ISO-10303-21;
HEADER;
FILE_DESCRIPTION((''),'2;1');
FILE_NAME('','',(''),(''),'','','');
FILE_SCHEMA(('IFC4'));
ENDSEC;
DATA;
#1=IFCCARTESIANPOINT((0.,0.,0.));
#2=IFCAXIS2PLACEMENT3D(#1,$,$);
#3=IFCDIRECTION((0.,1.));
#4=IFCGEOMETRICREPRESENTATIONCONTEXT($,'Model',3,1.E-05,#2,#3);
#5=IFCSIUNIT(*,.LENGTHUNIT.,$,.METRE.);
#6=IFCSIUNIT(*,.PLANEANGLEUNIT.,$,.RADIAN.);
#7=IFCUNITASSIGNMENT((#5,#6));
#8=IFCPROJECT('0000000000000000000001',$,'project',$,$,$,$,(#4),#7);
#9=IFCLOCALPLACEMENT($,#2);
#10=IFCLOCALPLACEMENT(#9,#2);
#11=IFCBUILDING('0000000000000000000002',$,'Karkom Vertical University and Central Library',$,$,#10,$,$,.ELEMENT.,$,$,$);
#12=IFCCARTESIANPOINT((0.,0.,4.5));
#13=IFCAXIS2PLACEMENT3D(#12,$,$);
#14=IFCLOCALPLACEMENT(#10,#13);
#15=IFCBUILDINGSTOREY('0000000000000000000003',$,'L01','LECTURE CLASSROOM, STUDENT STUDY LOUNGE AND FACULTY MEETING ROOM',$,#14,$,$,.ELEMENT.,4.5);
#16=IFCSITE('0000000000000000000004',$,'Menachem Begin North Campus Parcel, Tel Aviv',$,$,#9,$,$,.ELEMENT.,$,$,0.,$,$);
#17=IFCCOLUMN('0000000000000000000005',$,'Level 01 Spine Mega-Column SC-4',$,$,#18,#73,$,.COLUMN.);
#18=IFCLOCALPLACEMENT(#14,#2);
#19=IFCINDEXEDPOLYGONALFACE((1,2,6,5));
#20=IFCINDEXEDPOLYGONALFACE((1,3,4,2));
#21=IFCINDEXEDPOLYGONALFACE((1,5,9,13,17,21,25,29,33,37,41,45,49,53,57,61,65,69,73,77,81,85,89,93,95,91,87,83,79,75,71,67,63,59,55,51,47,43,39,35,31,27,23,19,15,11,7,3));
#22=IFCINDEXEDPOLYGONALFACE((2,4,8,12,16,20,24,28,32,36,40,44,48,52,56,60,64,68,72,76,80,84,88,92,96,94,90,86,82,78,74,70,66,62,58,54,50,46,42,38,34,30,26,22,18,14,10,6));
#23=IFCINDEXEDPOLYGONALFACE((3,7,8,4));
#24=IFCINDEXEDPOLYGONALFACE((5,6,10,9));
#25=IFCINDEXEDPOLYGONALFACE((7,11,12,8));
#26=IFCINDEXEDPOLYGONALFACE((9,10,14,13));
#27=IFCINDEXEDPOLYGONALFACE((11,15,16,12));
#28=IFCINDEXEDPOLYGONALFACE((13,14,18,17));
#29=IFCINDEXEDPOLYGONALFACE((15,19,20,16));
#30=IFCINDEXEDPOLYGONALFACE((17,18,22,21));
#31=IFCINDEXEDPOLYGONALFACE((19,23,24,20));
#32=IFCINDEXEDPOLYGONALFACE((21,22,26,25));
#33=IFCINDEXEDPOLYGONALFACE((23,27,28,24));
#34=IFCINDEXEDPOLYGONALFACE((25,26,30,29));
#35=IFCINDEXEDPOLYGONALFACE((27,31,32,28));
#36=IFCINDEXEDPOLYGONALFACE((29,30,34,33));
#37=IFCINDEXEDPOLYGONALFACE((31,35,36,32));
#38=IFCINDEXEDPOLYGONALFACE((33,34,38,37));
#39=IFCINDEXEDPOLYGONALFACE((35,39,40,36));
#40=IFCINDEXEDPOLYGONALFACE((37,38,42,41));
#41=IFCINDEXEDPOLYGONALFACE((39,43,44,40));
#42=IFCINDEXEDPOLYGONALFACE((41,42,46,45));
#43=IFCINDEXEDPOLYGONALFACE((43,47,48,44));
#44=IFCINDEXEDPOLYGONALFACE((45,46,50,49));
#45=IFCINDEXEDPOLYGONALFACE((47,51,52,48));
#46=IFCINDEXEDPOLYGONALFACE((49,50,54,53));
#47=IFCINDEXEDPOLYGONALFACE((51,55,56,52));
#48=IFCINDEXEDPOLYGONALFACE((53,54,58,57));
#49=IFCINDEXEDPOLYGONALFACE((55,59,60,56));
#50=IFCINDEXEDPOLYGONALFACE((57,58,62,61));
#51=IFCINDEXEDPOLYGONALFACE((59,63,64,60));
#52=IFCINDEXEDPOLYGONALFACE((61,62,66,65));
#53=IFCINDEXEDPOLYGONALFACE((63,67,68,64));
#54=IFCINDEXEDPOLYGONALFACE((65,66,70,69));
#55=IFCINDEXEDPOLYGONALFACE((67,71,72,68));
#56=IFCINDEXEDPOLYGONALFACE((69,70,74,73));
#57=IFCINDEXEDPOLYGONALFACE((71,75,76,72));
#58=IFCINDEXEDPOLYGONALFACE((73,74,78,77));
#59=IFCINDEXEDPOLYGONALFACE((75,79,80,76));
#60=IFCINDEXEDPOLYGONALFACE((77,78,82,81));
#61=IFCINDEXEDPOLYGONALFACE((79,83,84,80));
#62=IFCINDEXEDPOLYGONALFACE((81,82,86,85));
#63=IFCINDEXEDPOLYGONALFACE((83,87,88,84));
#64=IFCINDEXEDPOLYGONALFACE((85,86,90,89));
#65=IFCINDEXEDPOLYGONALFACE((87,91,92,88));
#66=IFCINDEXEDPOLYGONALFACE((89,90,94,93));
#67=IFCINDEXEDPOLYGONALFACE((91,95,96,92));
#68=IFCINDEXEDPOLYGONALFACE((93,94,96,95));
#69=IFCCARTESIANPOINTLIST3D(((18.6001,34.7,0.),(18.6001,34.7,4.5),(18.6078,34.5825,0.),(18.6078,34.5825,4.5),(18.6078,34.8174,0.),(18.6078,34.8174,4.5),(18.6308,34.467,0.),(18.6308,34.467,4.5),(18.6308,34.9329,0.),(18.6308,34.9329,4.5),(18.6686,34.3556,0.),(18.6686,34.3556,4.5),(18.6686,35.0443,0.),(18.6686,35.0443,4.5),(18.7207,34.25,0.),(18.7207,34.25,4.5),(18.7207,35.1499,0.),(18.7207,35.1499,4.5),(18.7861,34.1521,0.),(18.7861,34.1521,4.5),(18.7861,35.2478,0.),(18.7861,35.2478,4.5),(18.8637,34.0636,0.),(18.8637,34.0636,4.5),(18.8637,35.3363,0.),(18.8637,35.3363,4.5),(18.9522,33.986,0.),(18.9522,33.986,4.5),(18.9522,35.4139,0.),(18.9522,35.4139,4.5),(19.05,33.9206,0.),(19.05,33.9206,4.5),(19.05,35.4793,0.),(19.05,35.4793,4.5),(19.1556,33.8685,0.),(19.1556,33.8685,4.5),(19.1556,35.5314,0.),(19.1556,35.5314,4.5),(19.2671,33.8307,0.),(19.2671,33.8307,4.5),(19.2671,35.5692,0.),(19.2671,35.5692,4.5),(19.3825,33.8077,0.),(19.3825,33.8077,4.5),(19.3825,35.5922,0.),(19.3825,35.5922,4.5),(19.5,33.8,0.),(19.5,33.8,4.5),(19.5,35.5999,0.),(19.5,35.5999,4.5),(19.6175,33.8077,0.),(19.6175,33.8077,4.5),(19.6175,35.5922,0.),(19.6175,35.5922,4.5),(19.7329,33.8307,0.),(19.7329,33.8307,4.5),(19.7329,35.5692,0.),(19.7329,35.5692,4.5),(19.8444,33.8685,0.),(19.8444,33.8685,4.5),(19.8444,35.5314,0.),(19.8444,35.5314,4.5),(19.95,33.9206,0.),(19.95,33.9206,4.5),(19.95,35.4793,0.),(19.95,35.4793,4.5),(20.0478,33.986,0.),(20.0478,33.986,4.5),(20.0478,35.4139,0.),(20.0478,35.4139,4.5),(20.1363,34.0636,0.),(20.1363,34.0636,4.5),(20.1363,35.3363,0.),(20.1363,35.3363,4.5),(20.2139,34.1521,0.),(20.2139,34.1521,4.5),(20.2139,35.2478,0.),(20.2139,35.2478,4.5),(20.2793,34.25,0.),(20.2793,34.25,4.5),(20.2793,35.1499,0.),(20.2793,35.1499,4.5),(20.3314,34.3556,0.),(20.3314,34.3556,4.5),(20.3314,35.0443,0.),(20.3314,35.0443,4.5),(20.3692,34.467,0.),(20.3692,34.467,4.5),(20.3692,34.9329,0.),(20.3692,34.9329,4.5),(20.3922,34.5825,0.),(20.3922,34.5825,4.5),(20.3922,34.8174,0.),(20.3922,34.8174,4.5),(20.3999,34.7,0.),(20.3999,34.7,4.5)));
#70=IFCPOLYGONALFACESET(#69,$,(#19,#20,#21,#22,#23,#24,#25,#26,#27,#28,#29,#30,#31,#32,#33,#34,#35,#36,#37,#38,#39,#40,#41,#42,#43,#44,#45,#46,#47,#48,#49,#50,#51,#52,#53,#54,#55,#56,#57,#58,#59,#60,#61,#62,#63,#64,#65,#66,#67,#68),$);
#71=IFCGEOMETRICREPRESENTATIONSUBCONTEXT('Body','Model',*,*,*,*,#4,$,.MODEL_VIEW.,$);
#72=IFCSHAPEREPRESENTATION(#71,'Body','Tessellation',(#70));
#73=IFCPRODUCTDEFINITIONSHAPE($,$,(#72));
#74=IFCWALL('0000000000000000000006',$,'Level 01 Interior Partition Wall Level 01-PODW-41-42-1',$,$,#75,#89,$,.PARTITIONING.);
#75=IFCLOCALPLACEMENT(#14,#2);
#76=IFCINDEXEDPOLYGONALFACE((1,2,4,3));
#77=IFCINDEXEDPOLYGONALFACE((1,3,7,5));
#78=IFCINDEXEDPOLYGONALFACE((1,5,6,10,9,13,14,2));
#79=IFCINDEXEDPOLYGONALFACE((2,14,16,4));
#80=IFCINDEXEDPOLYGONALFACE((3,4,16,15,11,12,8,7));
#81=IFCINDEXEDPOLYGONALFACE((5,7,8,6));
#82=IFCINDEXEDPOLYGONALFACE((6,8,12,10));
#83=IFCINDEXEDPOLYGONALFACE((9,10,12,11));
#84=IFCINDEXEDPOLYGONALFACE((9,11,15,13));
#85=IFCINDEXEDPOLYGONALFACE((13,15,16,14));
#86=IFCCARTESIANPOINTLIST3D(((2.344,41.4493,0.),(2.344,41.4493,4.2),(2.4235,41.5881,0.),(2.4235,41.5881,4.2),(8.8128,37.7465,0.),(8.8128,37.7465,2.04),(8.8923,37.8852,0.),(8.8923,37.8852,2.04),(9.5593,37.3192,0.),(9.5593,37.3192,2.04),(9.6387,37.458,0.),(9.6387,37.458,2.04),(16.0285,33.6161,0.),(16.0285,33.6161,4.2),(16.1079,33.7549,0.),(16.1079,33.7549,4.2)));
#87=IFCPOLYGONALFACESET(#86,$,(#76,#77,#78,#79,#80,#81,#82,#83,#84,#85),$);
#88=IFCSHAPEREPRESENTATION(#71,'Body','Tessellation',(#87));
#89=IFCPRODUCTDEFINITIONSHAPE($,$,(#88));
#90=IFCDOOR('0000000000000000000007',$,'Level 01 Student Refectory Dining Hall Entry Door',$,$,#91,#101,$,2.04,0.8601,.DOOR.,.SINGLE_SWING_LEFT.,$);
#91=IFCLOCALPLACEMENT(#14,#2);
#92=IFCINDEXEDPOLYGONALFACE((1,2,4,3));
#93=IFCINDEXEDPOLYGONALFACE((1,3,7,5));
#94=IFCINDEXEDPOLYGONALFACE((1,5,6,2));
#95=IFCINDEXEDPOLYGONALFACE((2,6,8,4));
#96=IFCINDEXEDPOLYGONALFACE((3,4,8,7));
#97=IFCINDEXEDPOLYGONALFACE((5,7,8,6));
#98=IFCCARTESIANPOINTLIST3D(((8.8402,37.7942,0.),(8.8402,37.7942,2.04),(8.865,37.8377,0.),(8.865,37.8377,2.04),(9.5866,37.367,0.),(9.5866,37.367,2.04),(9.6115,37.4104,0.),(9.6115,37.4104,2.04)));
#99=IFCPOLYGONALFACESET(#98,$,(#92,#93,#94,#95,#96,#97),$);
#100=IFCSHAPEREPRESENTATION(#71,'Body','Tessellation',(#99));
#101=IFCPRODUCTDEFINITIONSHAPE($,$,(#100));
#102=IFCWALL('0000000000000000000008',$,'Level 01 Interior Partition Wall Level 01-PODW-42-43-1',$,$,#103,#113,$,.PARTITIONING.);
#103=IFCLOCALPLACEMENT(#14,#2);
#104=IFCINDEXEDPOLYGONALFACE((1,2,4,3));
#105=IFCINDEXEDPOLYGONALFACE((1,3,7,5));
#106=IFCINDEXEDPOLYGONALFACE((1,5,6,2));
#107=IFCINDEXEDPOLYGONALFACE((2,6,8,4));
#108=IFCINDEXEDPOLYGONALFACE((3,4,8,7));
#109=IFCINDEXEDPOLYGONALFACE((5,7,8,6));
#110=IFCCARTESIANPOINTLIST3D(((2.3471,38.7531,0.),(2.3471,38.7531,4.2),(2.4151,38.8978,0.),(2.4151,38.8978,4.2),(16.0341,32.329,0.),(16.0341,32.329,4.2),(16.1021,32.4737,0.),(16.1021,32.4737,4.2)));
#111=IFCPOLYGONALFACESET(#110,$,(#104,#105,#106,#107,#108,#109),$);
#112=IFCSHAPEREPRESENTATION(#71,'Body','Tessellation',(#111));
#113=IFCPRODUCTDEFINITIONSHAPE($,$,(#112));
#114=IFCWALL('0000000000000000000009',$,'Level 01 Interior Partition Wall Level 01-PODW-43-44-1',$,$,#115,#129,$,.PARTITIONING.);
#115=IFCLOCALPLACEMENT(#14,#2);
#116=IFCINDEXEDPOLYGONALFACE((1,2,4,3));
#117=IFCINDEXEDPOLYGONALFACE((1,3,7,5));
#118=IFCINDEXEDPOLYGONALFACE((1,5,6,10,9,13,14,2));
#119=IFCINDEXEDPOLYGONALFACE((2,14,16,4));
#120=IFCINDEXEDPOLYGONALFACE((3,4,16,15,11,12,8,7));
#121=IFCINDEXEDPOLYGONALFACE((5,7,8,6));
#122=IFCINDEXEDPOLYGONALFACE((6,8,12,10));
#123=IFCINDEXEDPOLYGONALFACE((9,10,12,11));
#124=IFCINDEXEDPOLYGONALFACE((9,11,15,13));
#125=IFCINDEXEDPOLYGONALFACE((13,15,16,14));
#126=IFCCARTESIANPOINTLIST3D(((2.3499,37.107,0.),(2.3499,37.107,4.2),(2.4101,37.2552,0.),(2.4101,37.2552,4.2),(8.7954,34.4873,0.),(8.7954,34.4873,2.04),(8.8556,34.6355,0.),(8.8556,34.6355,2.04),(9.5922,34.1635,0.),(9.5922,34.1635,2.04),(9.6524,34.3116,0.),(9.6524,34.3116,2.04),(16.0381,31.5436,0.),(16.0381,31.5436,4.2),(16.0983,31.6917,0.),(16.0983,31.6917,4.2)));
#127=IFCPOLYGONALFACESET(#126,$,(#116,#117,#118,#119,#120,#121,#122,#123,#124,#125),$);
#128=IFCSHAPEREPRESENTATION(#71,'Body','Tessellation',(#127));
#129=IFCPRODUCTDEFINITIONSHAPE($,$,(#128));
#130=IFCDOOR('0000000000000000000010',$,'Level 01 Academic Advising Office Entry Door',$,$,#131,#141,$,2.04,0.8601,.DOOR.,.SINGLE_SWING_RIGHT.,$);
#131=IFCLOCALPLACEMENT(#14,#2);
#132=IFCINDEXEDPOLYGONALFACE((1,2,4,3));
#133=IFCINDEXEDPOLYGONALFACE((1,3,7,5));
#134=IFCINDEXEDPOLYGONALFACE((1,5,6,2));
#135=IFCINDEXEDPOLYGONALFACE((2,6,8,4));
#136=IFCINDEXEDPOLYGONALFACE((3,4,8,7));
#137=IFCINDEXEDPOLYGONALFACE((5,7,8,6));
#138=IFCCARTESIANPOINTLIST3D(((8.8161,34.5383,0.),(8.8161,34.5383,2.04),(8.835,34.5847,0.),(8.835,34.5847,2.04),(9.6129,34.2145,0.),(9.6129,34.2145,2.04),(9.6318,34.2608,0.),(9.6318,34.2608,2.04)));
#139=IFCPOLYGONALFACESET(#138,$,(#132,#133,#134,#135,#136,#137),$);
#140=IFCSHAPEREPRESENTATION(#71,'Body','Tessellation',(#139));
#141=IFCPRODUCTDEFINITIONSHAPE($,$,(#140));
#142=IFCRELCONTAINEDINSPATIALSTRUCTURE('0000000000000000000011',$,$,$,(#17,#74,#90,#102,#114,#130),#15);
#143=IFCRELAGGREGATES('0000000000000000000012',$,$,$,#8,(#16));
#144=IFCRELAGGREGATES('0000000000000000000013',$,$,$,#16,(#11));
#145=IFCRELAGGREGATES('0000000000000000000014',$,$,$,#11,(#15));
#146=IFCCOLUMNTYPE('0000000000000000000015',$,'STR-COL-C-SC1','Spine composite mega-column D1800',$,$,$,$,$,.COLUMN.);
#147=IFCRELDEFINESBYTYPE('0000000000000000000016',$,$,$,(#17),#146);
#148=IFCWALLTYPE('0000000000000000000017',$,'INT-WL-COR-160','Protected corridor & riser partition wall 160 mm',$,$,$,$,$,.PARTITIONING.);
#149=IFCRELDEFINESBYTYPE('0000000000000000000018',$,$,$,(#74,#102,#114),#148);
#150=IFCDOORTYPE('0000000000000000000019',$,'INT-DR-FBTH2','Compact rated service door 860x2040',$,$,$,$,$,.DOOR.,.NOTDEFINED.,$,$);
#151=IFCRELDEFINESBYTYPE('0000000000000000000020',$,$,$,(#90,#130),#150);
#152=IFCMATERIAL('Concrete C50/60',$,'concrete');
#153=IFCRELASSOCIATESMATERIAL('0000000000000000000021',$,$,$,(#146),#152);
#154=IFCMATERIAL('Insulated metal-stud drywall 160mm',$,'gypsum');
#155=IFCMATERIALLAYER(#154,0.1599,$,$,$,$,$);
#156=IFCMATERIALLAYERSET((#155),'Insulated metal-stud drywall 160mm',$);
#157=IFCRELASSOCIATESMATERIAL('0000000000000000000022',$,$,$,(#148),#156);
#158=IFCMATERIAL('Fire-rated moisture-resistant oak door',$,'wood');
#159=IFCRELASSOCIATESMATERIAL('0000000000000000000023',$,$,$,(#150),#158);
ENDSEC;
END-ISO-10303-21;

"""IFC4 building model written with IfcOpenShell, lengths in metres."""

from ifc_helpers import new_model, si_unit, direction, frame, frame_2d, origin, origin_with_axes, origin_2d, place, context, subcontext, project, spatial, rectangle, circle, extrude, source, transform, mapped, material, layer, layer_set, material_profile, profile_set, type_object, element, fill, save


model = new_model("IFC4")

# Units and contexts
model_context = context("Model", 3, precision=1e-05, world=origin(), true_north=direction((0.0, 1.0)))
body_context = subcontext(model_context, "Body", "Model", "MODEL_VIEW")
ifc_project = project(units=[si_unit("LENGTHUNIT", "METRE"), si_unit("PLANEANGLEUNIT", "RADIAN")], contexts=[model_context])

# Site, building, storey
site_placement = place(None, origin())
site = spatial("IfcSite", under=ifc_project, at=site_placement, Name="Menachem Begin North Campus Parcel, Tel Aviv", CompositionType="ELEMENT", RefElevation=0.0)
building_placement = place(site_placement, origin())
building = spatial("IfcBuilding", under=site, at=building_placement, Name="Karkom Vertical University and Central Library", CompositionType="ELEMENT")
storey_placement = place(building_placement, frame((0.0, 0.0, 4.5)))
storey = spatial("IfcBuildingStorey", under=building, at=storey_placement, Name="L01", Description="LECTURE CLASSROOM, STUDENT STUDY LOUNGE AND FACULTY MEETING ROOM", CompositionType="ELEMENT", Elevation=4.5)

# Column
ifc_material_1 = material(Name="Concrete C50/60", Category="concrete")
ifc_material_profile = material_profile(ifc_material_1, circle(Radius=0.8999, at=origin_2d()), Name="CFT-D1800")
ifc_profile_set = profile_set([ifc_material_profile], Name="Concrete C50/60")
column_type = type_object("IfcColumnType", Name="STR-COL-C-SC1", Description="Spine composite mega-column D1800", PredefinedType="COLUMN", material=ifc_profile_set)
shared_shape_1 = source(origin_with_axes(), body_context, "Body", "SweptSolid", [
    extrude(circle(Radius=0.8999, at=origin_2d()), origin(), (0.0, 0.0, 1.0), 4.5),
])
column_placement = place(storey_placement, frame((19.5, 34.7, 0.0), z_axis=(0.0, 0.0, 1.0), x_axis=(1.0, 0.0, 0.0)))
element("IfcColumn", 1, at=column_placement, inside=storey, type_object=column_type, Name="Level 01 Spine Mega-Column SC-4", PredefinedType="COLUMN", context=body_context, shape_type="MappedRepresentation", body=[
    mapped(shared_shape_1, transform((0.0, 0.0, 0.0), scale=1.0)),
])

# Wall, opening, door
ifc_material_2 = material(Name="Insulated metal-stud drywall 160mm", Category="gypsum")
ifc_layer_1 = layer(ifc_material_2, 0.1599)
ifc_layer_set_1 = layer_set([ifc_layer_1], Name="Insulated metal-stud drywall 160mm")
wall_type_1 = type_object("IfcWallType", Name="INT-WL-COR-160", Description="Protected corridor & riser partition wall 160 mm", PredefinedType="PARTITIONING", material=ifc_layer_set_1)
wall_1_placement = place(storey_placement, frame((16.0681, 33.6855, 0.0), z_axis=(0.0, 0.0, 1.0), x_axis=(-0.867874, 0.496784, 0.0)))
wall_1 = element("IfcWall", 2, at=wall_1_placement, inside=storey, type_object=wall_type_1, Name="Level 01 Interior Partition Wall Level 01-PODW-41-42-1", PredefinedType="PARTITIONING", context=body_context, shape_type="SweptSolid", body=[
    extrude(rectangle(XDim=15.7678, YDim=0.1599, at=frame_2d((7.8838, 0.0))), origin(), (0.0, 0.0, 1.0), 4.2),
])
opening_1_placement = place(wall_1_placement, frame((7.4539, 0.0, 0.0)))
opening_1 = element("IfcOpeningElement", 3, at=opening_1_placement, cuts=wall_1, PredefinedType="OPENING", context=body_context, shape_type="SweptSolid", body=[
    extrude(rectangle(XDim=0.8601, YDim=2.04, at=frame_2d((0.4302, 1.02))), frame((0.0, 0.0898, 0.0), z_axis=(0.0, -1.0, 0.0), x_axis=(1.0, 0.0, 0.0)), (0.0, 0.0, 1.0), 0.1799),
])
ifc_material_3 = material(Name="Fire-rated moisture-resistant oak door", Category="wood")
door_type_1 = type_object("IfcDoorType", Name="INT-DR-FBTH2", Description="Compact rated service door 860x2040", OperationType="NOTDEFINED", PredefinedType="DOOR", material=ifc_material_3)
shared_shape_2 = source(origin_with_axes(), body_context, "Body", "SweptSolid", [
    extrude(rectangle(XDim=0.8601, YDim=2.04, at=frame_2d((0.4302, 1.02))), frame((0.0, 0.0249, 0.0), z_axis=(0.0, -1.0, 0.0), x_axis=(1.0, 0.0, 0.0)), (0.0, 0.0, 1.0), 0.05),
])
door_1_placement = place(opening_1_placement, origin())
door_1 = element("IfcDoor", 4, at=door_1_placement, inside=storey, type_object=door_type_1, Name="Level 01 Student Refectory Dining Hall Entry Door", OperationType="SINGLE_SWING_LEFT", OverallHeight=2.04, OverallWidth=0.8601, PredefinedType="DOOR", context=body_context, shape_type="MappedRepresentation", body=[
    mapped(shared_shape_2, transform((0.0, 0.0, 0.0), scale=1.0)),
])
fill(opening_1, door_1)

# Wall
wall_2_placement = place(storey_placement, frame((16.0681, 32.4014, 0.0), z_axis=(0.0, 0.0, 1.0), x_axis=(-0.905248, 0.424883, 0.0)))
element("IfcWall", 5, at=wall_2_placement, inside=storey, type_object=wall_type_1, Name="Level 01 Interior Partition Wall Level 01-PODW-42-43-1", PredefinedType="PARTITIONING", context=body_context, shape_type="SweptSolid", body=[
    extrude(rectangle(XDim=15.1196, YDim=0.1599, at=frame_2d((7.5598, 0.0))), origin(), (0.0, 0.0, 1.0), 4.2),
])

# Wall, opening, door
wall_3_placement = place(storey_placement, frame((16.0681, 31.6177, 0.0), z_axis=(0.0, 0.0, 1.0), x_axis=(-0.926404, 0.37653, 0.0)))
wall_3 = element("IfcWall", 6, at=wall_3_placement, inside=storey, type_object=wall_type_1, Name="Level 01 Interior Partition Wall Level 01-PODW-43-44-1", PredefinedType="PARTITIONING", context=body_context, shape_type="SweptSolid", body=[
    extrude(rectangle(XDim=14.7756, YDim=0.1599, at=frame_2d((7.3877, 0.0))), origin(), (0.0, 0.0, 1.0), 4.2),
])
opening_2_placement = place(wall_3_placement, frame((6.9578, 0.0, 0.0)))
opening_2 = element("IfcOpeningElement", 7, at=opening_2_placement, cuts=wall_3, PredefinedType="OPENING", context=body_context, shape_type="SweptSolid", body=[
    extrude(rectangle(XDim=0.8601, YDim=2.04, at=frame_2d((0.4302, 1.02))), frame((0.0, 0.0898, 0.0), z_axis=(0.0, -1.0, 0.0), x_axis=(1.0, 0.0, 0.0)), (0.0, 0.0, 1.0), 0.1799),
])
door_2_placement = place(opening_2_placement, origin())
door_2 = element("IfcDoor", 8, at=door_2_placement, inside=storey, type_object=door_type_1, Name="Level 01 Academic Advising Office Entry Door", OperationType="SINGLE_SWING_RIGHT", OverallHeight=2.04, OverallWidth=0.8601, PredefinedType="DOOR", context=body_context, shape_type="MappedRepresentation", body=[
    mapped(shared_shape_2, transform((0.0, 0.0, 0.0), scale=1.0)),
])
fill(opening_2, door_2)

save(model, "model.ifc")
